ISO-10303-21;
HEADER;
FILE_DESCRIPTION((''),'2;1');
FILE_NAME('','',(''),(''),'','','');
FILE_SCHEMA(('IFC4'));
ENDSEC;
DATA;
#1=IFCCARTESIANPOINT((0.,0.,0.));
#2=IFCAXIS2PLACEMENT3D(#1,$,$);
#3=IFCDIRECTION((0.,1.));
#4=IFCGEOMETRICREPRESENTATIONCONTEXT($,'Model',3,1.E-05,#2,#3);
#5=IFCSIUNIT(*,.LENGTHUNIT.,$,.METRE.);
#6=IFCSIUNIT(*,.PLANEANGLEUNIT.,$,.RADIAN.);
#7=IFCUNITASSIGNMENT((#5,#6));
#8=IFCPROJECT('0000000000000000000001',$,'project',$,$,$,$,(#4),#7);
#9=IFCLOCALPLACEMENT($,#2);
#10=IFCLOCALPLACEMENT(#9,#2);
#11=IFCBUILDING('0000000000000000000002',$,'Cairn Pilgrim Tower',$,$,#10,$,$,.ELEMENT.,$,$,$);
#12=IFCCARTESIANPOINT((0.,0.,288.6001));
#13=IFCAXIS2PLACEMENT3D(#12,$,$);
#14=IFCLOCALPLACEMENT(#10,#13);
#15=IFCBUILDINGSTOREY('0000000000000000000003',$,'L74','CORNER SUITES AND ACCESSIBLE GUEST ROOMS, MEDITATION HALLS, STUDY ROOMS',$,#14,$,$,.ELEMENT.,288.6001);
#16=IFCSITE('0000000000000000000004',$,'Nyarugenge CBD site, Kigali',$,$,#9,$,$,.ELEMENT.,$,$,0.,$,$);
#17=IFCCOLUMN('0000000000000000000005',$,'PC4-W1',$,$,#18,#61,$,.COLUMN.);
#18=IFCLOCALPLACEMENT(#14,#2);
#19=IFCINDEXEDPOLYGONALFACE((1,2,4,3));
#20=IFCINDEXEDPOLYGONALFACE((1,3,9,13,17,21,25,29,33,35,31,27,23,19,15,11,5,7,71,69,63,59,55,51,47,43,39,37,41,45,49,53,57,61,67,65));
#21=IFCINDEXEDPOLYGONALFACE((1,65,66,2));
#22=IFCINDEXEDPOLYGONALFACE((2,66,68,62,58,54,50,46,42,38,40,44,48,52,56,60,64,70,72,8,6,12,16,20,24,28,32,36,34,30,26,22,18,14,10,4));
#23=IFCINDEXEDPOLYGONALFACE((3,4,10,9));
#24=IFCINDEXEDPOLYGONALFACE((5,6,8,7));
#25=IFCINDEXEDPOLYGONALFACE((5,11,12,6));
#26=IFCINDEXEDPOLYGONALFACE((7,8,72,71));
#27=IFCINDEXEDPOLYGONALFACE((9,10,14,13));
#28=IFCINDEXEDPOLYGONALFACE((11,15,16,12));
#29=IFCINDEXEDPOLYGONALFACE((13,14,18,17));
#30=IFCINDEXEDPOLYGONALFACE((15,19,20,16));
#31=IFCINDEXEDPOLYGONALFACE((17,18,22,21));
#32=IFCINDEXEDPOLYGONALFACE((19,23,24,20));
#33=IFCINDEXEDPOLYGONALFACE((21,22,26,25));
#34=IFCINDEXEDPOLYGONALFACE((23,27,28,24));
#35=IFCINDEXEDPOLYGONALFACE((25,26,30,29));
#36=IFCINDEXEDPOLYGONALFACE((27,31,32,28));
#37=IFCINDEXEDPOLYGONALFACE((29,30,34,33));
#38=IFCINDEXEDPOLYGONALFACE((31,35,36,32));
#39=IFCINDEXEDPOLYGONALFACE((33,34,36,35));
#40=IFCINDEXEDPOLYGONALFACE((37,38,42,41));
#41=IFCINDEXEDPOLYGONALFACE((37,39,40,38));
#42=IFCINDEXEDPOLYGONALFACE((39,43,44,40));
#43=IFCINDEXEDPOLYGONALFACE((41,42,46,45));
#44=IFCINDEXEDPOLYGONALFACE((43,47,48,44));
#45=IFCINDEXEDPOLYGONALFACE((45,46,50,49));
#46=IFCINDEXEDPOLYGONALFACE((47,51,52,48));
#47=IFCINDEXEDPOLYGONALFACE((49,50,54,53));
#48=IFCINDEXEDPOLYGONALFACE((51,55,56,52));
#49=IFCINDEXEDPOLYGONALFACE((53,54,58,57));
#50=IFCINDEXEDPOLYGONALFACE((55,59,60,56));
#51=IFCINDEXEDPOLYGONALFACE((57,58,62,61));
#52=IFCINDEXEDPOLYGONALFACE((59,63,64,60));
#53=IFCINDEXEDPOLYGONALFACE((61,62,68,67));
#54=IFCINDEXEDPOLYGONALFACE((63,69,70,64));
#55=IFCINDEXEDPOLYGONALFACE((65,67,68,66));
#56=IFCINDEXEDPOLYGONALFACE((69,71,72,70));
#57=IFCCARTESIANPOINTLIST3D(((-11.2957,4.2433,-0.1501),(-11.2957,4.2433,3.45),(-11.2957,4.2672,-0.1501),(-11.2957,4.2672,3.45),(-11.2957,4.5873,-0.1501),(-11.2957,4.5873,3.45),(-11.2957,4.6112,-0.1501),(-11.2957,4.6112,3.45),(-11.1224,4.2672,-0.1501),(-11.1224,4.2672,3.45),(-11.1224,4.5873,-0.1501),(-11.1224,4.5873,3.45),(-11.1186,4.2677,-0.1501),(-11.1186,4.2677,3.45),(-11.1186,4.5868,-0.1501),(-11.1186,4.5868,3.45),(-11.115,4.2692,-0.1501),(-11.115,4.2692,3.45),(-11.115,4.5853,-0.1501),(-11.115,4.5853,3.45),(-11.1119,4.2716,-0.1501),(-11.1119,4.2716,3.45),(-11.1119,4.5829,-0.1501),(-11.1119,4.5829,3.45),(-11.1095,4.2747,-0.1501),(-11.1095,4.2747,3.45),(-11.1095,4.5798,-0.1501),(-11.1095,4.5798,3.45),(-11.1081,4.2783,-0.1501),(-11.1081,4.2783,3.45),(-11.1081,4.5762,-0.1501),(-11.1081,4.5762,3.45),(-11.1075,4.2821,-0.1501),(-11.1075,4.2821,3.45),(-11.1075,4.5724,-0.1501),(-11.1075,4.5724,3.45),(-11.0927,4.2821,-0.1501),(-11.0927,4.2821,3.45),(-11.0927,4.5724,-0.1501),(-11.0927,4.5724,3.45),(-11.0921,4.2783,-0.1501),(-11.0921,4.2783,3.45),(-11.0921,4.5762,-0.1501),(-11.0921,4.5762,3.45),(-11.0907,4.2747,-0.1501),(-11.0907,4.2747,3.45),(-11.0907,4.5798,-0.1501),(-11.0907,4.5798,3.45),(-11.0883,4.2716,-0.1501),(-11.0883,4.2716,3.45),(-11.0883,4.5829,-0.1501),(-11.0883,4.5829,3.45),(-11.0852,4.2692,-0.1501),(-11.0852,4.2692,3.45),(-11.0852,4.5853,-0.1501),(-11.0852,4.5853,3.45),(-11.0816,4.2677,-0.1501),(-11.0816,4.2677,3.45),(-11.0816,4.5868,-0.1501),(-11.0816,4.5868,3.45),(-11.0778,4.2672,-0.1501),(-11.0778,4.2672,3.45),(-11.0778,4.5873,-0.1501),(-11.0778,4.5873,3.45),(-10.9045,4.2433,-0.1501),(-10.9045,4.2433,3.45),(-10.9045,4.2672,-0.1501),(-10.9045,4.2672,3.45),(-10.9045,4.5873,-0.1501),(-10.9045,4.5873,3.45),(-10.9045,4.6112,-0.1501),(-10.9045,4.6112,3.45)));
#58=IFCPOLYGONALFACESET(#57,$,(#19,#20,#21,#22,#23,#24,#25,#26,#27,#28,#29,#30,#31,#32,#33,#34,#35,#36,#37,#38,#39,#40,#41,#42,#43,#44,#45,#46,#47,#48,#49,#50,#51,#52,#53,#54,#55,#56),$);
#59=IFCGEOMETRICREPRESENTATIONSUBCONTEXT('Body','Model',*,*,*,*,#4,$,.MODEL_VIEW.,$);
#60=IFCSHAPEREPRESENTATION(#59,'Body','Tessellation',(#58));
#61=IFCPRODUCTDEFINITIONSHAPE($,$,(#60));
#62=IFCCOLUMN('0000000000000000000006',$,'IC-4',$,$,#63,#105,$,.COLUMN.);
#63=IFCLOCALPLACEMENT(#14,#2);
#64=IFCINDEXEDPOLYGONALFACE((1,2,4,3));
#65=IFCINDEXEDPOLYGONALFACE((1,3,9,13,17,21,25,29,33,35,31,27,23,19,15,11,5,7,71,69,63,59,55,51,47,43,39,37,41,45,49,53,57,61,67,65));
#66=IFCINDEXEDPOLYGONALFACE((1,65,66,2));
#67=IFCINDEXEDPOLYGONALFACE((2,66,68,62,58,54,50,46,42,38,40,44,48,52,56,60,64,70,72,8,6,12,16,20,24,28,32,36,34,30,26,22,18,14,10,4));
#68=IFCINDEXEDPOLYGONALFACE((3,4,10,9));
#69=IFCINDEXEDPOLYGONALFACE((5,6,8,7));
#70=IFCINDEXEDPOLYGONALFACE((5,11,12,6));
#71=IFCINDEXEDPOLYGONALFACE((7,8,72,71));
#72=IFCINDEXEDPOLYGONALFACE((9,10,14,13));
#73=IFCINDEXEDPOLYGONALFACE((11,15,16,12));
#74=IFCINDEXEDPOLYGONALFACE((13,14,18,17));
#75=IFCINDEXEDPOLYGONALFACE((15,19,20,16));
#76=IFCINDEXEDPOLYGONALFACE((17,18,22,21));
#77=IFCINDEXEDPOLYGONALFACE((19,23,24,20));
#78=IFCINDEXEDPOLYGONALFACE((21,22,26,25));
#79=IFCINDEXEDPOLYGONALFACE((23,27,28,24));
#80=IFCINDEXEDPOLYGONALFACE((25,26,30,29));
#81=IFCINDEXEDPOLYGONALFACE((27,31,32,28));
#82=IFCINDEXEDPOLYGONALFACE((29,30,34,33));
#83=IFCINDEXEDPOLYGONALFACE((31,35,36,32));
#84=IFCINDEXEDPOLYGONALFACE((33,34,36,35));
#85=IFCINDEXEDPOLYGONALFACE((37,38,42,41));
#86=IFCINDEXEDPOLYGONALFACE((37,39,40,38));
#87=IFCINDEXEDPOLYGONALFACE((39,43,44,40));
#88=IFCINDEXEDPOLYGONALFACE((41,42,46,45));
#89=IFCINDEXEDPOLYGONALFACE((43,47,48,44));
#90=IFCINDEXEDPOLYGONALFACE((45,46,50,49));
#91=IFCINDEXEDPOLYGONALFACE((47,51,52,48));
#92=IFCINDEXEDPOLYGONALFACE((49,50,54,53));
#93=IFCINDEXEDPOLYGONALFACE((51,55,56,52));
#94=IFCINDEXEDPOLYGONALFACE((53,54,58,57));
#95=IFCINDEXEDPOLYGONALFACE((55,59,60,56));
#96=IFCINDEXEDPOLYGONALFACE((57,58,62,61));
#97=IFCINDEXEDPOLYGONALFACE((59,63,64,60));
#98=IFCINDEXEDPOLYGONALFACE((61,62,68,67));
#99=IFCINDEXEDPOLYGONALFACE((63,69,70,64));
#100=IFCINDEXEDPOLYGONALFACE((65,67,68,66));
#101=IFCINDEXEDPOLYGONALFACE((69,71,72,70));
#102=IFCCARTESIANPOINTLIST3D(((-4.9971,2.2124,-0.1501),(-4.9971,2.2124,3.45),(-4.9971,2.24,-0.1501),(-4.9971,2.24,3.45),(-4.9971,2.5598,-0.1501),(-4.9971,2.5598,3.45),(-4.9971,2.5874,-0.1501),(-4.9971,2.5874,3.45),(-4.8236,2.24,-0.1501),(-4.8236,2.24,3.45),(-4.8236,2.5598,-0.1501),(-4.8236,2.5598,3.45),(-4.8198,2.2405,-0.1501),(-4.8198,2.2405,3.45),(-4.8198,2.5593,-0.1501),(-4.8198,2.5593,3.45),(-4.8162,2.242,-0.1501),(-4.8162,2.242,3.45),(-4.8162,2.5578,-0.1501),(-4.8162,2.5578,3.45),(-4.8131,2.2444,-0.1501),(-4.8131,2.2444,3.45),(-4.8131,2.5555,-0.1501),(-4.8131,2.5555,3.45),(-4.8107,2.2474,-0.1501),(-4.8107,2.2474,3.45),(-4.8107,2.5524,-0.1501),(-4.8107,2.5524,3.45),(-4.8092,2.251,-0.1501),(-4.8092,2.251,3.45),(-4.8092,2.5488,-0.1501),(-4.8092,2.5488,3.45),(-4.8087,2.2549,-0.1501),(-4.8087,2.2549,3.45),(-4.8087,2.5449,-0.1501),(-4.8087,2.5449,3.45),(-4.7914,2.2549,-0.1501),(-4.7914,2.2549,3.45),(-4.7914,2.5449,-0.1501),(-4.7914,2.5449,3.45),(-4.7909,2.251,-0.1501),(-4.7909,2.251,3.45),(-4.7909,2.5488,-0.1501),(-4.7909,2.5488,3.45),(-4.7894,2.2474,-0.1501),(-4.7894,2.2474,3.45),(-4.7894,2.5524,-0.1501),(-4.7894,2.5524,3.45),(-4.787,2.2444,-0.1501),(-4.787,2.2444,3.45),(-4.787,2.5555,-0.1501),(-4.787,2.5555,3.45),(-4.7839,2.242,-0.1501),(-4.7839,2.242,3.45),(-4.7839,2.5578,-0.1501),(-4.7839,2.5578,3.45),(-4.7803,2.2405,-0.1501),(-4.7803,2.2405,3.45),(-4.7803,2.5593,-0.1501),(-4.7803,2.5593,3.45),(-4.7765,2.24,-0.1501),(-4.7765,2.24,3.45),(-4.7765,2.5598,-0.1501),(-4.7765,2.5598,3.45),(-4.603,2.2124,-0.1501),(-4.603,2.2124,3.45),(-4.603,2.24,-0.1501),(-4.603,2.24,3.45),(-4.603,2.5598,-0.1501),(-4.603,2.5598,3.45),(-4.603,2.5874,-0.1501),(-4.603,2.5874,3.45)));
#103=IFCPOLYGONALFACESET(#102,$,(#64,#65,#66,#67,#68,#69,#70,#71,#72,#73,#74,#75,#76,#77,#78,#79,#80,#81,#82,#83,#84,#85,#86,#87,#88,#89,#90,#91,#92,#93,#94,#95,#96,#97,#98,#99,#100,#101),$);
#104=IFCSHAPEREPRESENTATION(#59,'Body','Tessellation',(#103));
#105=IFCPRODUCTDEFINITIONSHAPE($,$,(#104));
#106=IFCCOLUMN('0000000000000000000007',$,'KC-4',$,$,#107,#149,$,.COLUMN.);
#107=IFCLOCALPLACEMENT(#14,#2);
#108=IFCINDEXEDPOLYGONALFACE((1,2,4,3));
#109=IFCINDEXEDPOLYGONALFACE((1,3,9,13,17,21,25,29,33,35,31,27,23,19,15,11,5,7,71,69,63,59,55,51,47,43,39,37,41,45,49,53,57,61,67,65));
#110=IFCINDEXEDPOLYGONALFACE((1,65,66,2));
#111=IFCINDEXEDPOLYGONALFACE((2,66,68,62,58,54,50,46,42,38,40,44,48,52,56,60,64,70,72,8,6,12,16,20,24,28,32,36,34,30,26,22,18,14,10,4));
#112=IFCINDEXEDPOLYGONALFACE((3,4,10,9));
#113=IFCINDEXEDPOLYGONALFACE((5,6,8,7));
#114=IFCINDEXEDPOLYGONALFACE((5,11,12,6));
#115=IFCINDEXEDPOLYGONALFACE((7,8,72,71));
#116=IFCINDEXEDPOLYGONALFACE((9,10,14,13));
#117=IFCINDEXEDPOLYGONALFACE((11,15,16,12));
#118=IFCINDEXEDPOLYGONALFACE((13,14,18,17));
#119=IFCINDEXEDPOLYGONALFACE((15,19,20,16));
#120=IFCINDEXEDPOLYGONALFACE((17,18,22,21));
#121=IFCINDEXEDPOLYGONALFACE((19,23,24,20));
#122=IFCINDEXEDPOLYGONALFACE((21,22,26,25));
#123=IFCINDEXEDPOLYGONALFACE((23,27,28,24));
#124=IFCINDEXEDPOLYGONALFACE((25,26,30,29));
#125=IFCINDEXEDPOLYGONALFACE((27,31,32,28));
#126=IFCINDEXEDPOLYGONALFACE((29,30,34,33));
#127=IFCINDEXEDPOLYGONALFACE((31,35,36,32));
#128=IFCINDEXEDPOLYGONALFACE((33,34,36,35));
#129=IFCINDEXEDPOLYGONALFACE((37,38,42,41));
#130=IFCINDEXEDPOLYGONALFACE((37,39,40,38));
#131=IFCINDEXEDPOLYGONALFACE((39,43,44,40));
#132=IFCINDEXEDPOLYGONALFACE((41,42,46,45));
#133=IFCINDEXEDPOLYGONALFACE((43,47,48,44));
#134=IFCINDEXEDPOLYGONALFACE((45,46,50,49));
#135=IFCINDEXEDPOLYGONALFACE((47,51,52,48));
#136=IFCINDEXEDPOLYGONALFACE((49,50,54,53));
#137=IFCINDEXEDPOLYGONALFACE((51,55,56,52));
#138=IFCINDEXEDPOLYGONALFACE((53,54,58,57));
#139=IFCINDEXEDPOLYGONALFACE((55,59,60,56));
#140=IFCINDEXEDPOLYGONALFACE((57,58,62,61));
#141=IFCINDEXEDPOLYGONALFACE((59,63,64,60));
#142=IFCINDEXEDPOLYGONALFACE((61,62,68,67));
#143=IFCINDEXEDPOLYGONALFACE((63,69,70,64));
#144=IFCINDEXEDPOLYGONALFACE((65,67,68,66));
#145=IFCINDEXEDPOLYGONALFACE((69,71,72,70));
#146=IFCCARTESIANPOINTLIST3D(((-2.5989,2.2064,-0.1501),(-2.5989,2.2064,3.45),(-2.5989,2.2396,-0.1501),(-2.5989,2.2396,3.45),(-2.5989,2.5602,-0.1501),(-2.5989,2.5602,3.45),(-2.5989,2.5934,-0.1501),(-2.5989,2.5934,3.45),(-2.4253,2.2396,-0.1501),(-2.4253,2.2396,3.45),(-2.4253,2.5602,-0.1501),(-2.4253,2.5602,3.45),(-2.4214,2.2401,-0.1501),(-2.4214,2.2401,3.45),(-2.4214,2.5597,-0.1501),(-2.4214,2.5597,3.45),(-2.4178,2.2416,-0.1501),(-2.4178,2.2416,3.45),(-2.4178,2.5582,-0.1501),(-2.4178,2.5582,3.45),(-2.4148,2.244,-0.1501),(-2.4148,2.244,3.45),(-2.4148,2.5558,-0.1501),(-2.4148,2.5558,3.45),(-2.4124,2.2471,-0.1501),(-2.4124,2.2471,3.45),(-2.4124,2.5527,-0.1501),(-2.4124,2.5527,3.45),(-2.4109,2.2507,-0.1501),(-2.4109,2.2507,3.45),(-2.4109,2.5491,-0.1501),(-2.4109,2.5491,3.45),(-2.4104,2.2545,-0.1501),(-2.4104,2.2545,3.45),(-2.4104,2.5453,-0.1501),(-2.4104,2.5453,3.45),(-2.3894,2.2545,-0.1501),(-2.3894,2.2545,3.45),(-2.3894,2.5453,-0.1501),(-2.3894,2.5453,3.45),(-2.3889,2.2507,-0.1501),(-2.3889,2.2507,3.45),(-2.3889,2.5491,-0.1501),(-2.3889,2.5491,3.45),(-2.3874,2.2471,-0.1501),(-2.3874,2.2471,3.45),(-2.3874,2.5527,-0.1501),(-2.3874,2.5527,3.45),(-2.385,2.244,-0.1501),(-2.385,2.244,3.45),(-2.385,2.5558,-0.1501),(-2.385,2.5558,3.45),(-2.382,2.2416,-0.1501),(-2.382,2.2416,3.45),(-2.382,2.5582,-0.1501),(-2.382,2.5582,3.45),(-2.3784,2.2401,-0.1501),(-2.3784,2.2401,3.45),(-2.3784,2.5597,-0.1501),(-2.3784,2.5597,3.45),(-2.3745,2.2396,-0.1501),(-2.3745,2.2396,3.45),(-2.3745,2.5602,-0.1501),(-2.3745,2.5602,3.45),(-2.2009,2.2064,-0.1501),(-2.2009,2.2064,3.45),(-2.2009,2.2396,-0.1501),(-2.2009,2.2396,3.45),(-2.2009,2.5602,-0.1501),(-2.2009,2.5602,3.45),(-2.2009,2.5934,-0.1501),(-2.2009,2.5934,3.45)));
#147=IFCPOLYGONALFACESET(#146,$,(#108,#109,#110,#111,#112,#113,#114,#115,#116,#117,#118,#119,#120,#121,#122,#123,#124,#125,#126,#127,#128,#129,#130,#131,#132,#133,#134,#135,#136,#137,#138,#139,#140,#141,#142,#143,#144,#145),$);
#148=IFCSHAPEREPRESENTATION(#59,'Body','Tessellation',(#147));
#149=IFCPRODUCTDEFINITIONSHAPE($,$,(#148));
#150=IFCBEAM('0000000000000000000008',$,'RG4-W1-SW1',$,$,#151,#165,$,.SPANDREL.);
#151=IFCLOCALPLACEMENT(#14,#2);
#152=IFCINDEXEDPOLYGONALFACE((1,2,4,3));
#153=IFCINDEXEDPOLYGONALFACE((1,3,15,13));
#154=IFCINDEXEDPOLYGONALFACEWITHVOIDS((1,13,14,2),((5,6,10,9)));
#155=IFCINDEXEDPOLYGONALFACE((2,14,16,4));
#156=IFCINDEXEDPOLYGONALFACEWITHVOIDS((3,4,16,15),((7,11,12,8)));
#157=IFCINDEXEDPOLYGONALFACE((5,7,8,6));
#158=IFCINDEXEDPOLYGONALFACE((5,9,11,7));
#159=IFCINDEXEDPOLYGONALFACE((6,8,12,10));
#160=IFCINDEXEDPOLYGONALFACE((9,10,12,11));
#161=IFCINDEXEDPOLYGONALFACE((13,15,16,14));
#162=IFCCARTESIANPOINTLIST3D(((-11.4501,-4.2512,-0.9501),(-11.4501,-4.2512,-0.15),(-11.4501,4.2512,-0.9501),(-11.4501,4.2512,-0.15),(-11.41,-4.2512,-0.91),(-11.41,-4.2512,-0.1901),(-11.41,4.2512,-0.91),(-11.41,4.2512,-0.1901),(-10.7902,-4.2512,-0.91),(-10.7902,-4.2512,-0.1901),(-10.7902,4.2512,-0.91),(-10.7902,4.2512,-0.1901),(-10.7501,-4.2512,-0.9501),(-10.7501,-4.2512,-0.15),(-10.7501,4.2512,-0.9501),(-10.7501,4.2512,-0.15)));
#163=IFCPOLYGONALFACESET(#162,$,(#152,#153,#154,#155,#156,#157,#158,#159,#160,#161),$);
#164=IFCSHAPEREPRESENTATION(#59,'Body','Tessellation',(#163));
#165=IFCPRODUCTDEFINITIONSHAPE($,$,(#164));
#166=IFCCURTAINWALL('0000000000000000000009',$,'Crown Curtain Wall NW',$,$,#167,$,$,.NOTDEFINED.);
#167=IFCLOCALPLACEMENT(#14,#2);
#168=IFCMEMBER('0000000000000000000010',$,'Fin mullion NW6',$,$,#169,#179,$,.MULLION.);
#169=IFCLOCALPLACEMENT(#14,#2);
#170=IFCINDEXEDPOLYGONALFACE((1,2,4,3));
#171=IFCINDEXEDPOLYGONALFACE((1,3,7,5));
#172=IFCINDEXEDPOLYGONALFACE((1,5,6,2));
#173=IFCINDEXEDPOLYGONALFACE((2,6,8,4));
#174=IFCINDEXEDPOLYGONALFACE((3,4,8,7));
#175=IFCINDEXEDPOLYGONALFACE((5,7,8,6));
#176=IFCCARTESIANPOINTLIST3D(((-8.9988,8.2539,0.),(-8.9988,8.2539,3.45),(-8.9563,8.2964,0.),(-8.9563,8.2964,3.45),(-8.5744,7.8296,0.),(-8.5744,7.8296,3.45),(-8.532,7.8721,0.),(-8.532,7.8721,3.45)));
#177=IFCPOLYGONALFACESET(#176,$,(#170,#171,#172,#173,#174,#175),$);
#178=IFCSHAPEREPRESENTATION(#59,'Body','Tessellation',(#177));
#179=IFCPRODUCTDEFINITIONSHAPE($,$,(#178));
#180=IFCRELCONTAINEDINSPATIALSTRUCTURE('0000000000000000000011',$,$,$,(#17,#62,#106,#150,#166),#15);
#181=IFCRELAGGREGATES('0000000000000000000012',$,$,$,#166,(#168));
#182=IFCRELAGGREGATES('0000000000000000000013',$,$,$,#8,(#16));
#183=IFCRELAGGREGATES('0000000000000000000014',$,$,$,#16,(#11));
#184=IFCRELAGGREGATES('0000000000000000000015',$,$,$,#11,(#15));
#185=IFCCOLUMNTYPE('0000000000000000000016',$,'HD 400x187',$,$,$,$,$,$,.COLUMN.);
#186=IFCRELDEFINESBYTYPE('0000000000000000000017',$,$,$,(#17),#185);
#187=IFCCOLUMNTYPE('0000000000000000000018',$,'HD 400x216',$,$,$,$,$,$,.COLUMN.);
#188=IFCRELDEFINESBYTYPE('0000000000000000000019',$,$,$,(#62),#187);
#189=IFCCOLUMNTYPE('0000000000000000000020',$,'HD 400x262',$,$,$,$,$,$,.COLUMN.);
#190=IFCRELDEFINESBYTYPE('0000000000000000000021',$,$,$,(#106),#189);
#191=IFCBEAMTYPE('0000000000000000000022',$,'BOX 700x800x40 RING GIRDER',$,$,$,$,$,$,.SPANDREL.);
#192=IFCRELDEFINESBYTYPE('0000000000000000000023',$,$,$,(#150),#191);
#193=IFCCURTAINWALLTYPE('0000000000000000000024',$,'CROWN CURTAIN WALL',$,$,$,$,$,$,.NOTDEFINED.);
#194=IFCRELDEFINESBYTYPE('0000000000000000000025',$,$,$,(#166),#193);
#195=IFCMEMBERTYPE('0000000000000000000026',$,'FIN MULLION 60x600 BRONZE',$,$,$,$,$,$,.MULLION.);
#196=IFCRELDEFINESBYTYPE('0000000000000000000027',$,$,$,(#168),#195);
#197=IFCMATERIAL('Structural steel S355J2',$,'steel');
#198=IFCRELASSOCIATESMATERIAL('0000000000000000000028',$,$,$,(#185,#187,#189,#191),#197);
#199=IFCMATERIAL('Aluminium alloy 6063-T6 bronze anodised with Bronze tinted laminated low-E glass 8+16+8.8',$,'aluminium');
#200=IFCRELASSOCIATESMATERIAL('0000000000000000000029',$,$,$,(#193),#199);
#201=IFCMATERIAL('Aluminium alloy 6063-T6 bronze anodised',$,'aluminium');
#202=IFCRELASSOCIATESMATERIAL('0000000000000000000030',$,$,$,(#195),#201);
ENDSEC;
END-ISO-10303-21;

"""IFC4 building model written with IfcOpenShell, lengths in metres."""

from ifc_helpers import new_model, si_unit, direction, frame, origin, origin_2d, place, context, subcontext, project, spatial, rectangle, hollow_rectangle, i_section, extrude, material, material_profile, profile_set, type_object, element, aggregate, save


model = new_model("IFC4")

# Units and contexts
model_context = context("Model", 3, precision=1e-05, world=origin(), true_north=direction((0.0, 1.0)))
body_context = subcontext(model_context, "Body", "Model", "MODEL_VIEW")
ifc_project = project(units=[si_unit("LENGTHUNIT", "METRE"), si_unit("PLANEANGLEUNIT", "RADIAN")], contexts=[model_context])

# Site, building, storey
site_placement = place(None, origin())
site = spatial("IfcSite", under=ifc_project, at=site_placement, Name="Nyarugenge CBD site, Kigali", CompositionType="ELEMENT", RefElevation=0.0)
building_placement = place(site_placement, origin())
building = spatial("IfcBuilding", under=site, at=building_placement, Name="Cairn Pilgrim Tower", CompositionType="ELEMENT")
storey_placement = place(building_placement, frame((0.0, 0.0, 288.6001)))
storey = spatial("IfcBuildingStorey", under=building, at=storey_placement, Name="L74", Description="CORNER SUITES AND ACCESSIBLE GUEST ROOMS, MEDITATION HALLS, STUDY ROOMS", CompositionType="ELEMENT", Elevation=288.6001)

# Columns
ifc_material_1 = material(Name="Structural steel S355J2", Category="steel")
ifc_material_profile_1 = material_profile(ifc_material_1, i_section(OverallWidth=0.3911, OverallDepth=0.3679, WebThickness=0.0149, FlangeThickness=0.0239, FilletRadius=0.0149, at=origin_2d()), Name="HD 400x187")
ifc_profile_set_1 = profile_set([ifc_material_profile_1], Name="Structural steel S355J2")
column_type_1 = type_object("IfcColumnType", Name="HD 400x187", PredefinedType="COLUMN", material=ifc_profile_set_1)
column_1_placement = place(storey_placement, frame((-11.1001, 4.4272, -0.1501), z_axis=(0.0, 0.0, 1.0), x_axis=(1.0, 0.0, 0.0)))
element("IfcColumn", 1, at=column_1_placement, inside=storey, type_object=column_type_1, Name="PC4-W1", PredefinedType="COLUMN", context=body_context, shape_type="SweptSolid", body=[
    extrude(i_section(OverallWidth=0.3911, OverallDepth=0.3679, WebThickness=0.0149, FlangeThickness=0.0239, FilletRadius=0.0149, at=origin_2d()), origin(), (0.0, 0.0, 1.0), 3.6001),
])
ifc_material_profile_2 = material_profile(ifc_material_1, i_section(OverallWidth=0.394, OverallDepth=0.375, WebThickness=0.0173, FlangeThickness=0.0276, FilletRadius=0.0149, at=origin_2d()), Name="HD 400x216")
ifc_profile_set_2 = profile_set([ifc_material_profile_2], Name="Structural steel S355J2")
column_type_2 = type_object("IfcColumnType", Name="HD 400x216", PredefinedType="COLUMN", material=ifc_profile_set_2)
column_2_placement = place(storey_placement, frame((-4.8, 2.3999, -0.1501), z_axis=(0.0, 0.0, 1.0), x_axis=(1.0, 0.0, 0.0)))
element("IfcColumn", 2, at=column_2_placement, inside=storey, type_object=column_type_2, Name="IC-4", PredefinedType="COLUMN", context=body_context, shape_type="SweptSolid", body=[
    extrude(i_section(OverallWidth=0.394, OverallDepth=0.375, WebThickness=0.0173, FlangeThickness=0.0276, FilletRadius=0.0149, at=origin_2d()), origin(), (0.0, 0.0, 1.0), 3.6001),
])
ifc_material_profile_3 = material_profile(ifc_material_1, i_section(OverallWidth=0.3979, OverallDepth=0.387, WebThickness=0.021, FlangeThickness=0.0332, FilletRadius=0.0149, at=origin_2d()), Name="HD 400x262")
ifc_profile_set_3 = profile_set([ifc_material_profile_3], Name="Structural steel S355J2")
column_type_3 = type_object("IfcColumnType", Name="HD 400x262", PredefinedType="COLUMN", material=ifc_profile_set_3)
column_3_placement = place(storey_placement, frame((-2.3999, 2.3999, -0.1501), z_axis=(0.0, 0.0, 1.0), x_axis=(1.0, 0.0, 0.0)))
element("IfcColumn", 3, at=column_3_placement, inside=storey, type_object=column_type_3, Name="KC-4", PredefinedType="COLUMN", context=body_context, shape_type="SweptSolid", body=[
    extrude(i_section(OverallWidth=0.3979, OverallDepth=0.387, WebThickness=0.021, FlangeThickness=0.0332, FilletRadius=0.0149, at=origin_2d()), origin(), (0.0, 0.0, 1.0), 3.6001),
])

# Beam
ifc_material_profile_4 = material_profile(ifc_material_1, hollow_rectangle(XDim=0.7, YDim=0.8, WallThickness=0.04, at=origin_2d()), Name="BOX 700x800x40")
ifc_profile_set_4 = profile_set([ifc_material_profile_4], Name="Structural steel S355J2")
beam_type_1 = type_object("IfcBeamType", Name="BOX 700x800x40 RING GIRDER", PredefinedType="SPANDREL", material=ifc_profile_set_4)
beam_1_placement = place(storey_placement, frame((-11.1001, 4.2512, -0.55), z_axis=(0.0, -1.0, 0.0), x_axis=(1.0, 0.0, 0.0)))
element("IfcBeam", 4, at=beam_1_placement, inside=storey, type_object=beam_type_1, Name="RG4-W1-SW1", PredefinedType="SPANDREL", context=body_context, shape_type="SweptSolid", body=[
    extrude(hollow_rectangle(XDim=0.7, YDim=0.8, WallThickness=0.04, at=origin_2d()), origin(), (0.0, 0.0, 1.0), 8.5024),
])

# Curtain wall, member
ifc_material_2 = material(Name="Aluminium alloy 6063-T6 bronze anodised with Bronze tinted laminated low-E glass 8+16+8.8", Category="aluminium")
curtain_wall_type = type_object("IfcCurtainWallType", Name="CROWN CURTAIN WALL", PredefinedType="NOTDEFINED", material=ifc_material_2)
curtain_wall_1_placement = place(storey_placement, origin())
curtain_wall_1 = element("IfcCurtainWall", 5, at=curtain_wall_1_placement, inside=storey, type_object=curtain_wall_type, Name="Crown Curtain Wall NW", PredefinedType="NOTDEFINED")
ifc_material_3 = material(Name="Aluminium alloy 6063-T6 bronze anodised", Category="aluminium")
ifc_material_profile_5 = material_profile(ifc_material_3, rectangle(XDim=0.6001, YDim=0.0601, at=origin_2d()), Name="FIN MULLION 60x600 BRONZE")
ifc_profile_set_5 = profile_set([ifc_material_profile_5], Name="Aluminium alloy 6063-T6 bronze anodised")
member_type_1 = type_object("IfcMemberType", Name="FIN MULLION 60x600 BRONZE", PredefinedType="MULLION", material=ifc_profile_set_5)
member_1_placement = place(storey_placement, frame((-8.7654, 8.063, 0.0), z_axis=(0.0, 0.0, 1.0), x_axis=(-0.707107, 0.707107, 0.0)))
member_1 = element("IfcMember", 6, at=member_1_placement, type_object=member_type_1, Name="Fin mullion NW6", PredefinedType="MULLION", context=body_context, shape_type="SweptSolid", body=[
    extrude(rectangle(XDim=0.6001, YDim=0.0601, at=origin_2d()), origin(), (0.0, 0.0, 1.0), 3.45),
])

aggregate(curtain_wall_1, [member_1])

save(model, "model.ifc")
